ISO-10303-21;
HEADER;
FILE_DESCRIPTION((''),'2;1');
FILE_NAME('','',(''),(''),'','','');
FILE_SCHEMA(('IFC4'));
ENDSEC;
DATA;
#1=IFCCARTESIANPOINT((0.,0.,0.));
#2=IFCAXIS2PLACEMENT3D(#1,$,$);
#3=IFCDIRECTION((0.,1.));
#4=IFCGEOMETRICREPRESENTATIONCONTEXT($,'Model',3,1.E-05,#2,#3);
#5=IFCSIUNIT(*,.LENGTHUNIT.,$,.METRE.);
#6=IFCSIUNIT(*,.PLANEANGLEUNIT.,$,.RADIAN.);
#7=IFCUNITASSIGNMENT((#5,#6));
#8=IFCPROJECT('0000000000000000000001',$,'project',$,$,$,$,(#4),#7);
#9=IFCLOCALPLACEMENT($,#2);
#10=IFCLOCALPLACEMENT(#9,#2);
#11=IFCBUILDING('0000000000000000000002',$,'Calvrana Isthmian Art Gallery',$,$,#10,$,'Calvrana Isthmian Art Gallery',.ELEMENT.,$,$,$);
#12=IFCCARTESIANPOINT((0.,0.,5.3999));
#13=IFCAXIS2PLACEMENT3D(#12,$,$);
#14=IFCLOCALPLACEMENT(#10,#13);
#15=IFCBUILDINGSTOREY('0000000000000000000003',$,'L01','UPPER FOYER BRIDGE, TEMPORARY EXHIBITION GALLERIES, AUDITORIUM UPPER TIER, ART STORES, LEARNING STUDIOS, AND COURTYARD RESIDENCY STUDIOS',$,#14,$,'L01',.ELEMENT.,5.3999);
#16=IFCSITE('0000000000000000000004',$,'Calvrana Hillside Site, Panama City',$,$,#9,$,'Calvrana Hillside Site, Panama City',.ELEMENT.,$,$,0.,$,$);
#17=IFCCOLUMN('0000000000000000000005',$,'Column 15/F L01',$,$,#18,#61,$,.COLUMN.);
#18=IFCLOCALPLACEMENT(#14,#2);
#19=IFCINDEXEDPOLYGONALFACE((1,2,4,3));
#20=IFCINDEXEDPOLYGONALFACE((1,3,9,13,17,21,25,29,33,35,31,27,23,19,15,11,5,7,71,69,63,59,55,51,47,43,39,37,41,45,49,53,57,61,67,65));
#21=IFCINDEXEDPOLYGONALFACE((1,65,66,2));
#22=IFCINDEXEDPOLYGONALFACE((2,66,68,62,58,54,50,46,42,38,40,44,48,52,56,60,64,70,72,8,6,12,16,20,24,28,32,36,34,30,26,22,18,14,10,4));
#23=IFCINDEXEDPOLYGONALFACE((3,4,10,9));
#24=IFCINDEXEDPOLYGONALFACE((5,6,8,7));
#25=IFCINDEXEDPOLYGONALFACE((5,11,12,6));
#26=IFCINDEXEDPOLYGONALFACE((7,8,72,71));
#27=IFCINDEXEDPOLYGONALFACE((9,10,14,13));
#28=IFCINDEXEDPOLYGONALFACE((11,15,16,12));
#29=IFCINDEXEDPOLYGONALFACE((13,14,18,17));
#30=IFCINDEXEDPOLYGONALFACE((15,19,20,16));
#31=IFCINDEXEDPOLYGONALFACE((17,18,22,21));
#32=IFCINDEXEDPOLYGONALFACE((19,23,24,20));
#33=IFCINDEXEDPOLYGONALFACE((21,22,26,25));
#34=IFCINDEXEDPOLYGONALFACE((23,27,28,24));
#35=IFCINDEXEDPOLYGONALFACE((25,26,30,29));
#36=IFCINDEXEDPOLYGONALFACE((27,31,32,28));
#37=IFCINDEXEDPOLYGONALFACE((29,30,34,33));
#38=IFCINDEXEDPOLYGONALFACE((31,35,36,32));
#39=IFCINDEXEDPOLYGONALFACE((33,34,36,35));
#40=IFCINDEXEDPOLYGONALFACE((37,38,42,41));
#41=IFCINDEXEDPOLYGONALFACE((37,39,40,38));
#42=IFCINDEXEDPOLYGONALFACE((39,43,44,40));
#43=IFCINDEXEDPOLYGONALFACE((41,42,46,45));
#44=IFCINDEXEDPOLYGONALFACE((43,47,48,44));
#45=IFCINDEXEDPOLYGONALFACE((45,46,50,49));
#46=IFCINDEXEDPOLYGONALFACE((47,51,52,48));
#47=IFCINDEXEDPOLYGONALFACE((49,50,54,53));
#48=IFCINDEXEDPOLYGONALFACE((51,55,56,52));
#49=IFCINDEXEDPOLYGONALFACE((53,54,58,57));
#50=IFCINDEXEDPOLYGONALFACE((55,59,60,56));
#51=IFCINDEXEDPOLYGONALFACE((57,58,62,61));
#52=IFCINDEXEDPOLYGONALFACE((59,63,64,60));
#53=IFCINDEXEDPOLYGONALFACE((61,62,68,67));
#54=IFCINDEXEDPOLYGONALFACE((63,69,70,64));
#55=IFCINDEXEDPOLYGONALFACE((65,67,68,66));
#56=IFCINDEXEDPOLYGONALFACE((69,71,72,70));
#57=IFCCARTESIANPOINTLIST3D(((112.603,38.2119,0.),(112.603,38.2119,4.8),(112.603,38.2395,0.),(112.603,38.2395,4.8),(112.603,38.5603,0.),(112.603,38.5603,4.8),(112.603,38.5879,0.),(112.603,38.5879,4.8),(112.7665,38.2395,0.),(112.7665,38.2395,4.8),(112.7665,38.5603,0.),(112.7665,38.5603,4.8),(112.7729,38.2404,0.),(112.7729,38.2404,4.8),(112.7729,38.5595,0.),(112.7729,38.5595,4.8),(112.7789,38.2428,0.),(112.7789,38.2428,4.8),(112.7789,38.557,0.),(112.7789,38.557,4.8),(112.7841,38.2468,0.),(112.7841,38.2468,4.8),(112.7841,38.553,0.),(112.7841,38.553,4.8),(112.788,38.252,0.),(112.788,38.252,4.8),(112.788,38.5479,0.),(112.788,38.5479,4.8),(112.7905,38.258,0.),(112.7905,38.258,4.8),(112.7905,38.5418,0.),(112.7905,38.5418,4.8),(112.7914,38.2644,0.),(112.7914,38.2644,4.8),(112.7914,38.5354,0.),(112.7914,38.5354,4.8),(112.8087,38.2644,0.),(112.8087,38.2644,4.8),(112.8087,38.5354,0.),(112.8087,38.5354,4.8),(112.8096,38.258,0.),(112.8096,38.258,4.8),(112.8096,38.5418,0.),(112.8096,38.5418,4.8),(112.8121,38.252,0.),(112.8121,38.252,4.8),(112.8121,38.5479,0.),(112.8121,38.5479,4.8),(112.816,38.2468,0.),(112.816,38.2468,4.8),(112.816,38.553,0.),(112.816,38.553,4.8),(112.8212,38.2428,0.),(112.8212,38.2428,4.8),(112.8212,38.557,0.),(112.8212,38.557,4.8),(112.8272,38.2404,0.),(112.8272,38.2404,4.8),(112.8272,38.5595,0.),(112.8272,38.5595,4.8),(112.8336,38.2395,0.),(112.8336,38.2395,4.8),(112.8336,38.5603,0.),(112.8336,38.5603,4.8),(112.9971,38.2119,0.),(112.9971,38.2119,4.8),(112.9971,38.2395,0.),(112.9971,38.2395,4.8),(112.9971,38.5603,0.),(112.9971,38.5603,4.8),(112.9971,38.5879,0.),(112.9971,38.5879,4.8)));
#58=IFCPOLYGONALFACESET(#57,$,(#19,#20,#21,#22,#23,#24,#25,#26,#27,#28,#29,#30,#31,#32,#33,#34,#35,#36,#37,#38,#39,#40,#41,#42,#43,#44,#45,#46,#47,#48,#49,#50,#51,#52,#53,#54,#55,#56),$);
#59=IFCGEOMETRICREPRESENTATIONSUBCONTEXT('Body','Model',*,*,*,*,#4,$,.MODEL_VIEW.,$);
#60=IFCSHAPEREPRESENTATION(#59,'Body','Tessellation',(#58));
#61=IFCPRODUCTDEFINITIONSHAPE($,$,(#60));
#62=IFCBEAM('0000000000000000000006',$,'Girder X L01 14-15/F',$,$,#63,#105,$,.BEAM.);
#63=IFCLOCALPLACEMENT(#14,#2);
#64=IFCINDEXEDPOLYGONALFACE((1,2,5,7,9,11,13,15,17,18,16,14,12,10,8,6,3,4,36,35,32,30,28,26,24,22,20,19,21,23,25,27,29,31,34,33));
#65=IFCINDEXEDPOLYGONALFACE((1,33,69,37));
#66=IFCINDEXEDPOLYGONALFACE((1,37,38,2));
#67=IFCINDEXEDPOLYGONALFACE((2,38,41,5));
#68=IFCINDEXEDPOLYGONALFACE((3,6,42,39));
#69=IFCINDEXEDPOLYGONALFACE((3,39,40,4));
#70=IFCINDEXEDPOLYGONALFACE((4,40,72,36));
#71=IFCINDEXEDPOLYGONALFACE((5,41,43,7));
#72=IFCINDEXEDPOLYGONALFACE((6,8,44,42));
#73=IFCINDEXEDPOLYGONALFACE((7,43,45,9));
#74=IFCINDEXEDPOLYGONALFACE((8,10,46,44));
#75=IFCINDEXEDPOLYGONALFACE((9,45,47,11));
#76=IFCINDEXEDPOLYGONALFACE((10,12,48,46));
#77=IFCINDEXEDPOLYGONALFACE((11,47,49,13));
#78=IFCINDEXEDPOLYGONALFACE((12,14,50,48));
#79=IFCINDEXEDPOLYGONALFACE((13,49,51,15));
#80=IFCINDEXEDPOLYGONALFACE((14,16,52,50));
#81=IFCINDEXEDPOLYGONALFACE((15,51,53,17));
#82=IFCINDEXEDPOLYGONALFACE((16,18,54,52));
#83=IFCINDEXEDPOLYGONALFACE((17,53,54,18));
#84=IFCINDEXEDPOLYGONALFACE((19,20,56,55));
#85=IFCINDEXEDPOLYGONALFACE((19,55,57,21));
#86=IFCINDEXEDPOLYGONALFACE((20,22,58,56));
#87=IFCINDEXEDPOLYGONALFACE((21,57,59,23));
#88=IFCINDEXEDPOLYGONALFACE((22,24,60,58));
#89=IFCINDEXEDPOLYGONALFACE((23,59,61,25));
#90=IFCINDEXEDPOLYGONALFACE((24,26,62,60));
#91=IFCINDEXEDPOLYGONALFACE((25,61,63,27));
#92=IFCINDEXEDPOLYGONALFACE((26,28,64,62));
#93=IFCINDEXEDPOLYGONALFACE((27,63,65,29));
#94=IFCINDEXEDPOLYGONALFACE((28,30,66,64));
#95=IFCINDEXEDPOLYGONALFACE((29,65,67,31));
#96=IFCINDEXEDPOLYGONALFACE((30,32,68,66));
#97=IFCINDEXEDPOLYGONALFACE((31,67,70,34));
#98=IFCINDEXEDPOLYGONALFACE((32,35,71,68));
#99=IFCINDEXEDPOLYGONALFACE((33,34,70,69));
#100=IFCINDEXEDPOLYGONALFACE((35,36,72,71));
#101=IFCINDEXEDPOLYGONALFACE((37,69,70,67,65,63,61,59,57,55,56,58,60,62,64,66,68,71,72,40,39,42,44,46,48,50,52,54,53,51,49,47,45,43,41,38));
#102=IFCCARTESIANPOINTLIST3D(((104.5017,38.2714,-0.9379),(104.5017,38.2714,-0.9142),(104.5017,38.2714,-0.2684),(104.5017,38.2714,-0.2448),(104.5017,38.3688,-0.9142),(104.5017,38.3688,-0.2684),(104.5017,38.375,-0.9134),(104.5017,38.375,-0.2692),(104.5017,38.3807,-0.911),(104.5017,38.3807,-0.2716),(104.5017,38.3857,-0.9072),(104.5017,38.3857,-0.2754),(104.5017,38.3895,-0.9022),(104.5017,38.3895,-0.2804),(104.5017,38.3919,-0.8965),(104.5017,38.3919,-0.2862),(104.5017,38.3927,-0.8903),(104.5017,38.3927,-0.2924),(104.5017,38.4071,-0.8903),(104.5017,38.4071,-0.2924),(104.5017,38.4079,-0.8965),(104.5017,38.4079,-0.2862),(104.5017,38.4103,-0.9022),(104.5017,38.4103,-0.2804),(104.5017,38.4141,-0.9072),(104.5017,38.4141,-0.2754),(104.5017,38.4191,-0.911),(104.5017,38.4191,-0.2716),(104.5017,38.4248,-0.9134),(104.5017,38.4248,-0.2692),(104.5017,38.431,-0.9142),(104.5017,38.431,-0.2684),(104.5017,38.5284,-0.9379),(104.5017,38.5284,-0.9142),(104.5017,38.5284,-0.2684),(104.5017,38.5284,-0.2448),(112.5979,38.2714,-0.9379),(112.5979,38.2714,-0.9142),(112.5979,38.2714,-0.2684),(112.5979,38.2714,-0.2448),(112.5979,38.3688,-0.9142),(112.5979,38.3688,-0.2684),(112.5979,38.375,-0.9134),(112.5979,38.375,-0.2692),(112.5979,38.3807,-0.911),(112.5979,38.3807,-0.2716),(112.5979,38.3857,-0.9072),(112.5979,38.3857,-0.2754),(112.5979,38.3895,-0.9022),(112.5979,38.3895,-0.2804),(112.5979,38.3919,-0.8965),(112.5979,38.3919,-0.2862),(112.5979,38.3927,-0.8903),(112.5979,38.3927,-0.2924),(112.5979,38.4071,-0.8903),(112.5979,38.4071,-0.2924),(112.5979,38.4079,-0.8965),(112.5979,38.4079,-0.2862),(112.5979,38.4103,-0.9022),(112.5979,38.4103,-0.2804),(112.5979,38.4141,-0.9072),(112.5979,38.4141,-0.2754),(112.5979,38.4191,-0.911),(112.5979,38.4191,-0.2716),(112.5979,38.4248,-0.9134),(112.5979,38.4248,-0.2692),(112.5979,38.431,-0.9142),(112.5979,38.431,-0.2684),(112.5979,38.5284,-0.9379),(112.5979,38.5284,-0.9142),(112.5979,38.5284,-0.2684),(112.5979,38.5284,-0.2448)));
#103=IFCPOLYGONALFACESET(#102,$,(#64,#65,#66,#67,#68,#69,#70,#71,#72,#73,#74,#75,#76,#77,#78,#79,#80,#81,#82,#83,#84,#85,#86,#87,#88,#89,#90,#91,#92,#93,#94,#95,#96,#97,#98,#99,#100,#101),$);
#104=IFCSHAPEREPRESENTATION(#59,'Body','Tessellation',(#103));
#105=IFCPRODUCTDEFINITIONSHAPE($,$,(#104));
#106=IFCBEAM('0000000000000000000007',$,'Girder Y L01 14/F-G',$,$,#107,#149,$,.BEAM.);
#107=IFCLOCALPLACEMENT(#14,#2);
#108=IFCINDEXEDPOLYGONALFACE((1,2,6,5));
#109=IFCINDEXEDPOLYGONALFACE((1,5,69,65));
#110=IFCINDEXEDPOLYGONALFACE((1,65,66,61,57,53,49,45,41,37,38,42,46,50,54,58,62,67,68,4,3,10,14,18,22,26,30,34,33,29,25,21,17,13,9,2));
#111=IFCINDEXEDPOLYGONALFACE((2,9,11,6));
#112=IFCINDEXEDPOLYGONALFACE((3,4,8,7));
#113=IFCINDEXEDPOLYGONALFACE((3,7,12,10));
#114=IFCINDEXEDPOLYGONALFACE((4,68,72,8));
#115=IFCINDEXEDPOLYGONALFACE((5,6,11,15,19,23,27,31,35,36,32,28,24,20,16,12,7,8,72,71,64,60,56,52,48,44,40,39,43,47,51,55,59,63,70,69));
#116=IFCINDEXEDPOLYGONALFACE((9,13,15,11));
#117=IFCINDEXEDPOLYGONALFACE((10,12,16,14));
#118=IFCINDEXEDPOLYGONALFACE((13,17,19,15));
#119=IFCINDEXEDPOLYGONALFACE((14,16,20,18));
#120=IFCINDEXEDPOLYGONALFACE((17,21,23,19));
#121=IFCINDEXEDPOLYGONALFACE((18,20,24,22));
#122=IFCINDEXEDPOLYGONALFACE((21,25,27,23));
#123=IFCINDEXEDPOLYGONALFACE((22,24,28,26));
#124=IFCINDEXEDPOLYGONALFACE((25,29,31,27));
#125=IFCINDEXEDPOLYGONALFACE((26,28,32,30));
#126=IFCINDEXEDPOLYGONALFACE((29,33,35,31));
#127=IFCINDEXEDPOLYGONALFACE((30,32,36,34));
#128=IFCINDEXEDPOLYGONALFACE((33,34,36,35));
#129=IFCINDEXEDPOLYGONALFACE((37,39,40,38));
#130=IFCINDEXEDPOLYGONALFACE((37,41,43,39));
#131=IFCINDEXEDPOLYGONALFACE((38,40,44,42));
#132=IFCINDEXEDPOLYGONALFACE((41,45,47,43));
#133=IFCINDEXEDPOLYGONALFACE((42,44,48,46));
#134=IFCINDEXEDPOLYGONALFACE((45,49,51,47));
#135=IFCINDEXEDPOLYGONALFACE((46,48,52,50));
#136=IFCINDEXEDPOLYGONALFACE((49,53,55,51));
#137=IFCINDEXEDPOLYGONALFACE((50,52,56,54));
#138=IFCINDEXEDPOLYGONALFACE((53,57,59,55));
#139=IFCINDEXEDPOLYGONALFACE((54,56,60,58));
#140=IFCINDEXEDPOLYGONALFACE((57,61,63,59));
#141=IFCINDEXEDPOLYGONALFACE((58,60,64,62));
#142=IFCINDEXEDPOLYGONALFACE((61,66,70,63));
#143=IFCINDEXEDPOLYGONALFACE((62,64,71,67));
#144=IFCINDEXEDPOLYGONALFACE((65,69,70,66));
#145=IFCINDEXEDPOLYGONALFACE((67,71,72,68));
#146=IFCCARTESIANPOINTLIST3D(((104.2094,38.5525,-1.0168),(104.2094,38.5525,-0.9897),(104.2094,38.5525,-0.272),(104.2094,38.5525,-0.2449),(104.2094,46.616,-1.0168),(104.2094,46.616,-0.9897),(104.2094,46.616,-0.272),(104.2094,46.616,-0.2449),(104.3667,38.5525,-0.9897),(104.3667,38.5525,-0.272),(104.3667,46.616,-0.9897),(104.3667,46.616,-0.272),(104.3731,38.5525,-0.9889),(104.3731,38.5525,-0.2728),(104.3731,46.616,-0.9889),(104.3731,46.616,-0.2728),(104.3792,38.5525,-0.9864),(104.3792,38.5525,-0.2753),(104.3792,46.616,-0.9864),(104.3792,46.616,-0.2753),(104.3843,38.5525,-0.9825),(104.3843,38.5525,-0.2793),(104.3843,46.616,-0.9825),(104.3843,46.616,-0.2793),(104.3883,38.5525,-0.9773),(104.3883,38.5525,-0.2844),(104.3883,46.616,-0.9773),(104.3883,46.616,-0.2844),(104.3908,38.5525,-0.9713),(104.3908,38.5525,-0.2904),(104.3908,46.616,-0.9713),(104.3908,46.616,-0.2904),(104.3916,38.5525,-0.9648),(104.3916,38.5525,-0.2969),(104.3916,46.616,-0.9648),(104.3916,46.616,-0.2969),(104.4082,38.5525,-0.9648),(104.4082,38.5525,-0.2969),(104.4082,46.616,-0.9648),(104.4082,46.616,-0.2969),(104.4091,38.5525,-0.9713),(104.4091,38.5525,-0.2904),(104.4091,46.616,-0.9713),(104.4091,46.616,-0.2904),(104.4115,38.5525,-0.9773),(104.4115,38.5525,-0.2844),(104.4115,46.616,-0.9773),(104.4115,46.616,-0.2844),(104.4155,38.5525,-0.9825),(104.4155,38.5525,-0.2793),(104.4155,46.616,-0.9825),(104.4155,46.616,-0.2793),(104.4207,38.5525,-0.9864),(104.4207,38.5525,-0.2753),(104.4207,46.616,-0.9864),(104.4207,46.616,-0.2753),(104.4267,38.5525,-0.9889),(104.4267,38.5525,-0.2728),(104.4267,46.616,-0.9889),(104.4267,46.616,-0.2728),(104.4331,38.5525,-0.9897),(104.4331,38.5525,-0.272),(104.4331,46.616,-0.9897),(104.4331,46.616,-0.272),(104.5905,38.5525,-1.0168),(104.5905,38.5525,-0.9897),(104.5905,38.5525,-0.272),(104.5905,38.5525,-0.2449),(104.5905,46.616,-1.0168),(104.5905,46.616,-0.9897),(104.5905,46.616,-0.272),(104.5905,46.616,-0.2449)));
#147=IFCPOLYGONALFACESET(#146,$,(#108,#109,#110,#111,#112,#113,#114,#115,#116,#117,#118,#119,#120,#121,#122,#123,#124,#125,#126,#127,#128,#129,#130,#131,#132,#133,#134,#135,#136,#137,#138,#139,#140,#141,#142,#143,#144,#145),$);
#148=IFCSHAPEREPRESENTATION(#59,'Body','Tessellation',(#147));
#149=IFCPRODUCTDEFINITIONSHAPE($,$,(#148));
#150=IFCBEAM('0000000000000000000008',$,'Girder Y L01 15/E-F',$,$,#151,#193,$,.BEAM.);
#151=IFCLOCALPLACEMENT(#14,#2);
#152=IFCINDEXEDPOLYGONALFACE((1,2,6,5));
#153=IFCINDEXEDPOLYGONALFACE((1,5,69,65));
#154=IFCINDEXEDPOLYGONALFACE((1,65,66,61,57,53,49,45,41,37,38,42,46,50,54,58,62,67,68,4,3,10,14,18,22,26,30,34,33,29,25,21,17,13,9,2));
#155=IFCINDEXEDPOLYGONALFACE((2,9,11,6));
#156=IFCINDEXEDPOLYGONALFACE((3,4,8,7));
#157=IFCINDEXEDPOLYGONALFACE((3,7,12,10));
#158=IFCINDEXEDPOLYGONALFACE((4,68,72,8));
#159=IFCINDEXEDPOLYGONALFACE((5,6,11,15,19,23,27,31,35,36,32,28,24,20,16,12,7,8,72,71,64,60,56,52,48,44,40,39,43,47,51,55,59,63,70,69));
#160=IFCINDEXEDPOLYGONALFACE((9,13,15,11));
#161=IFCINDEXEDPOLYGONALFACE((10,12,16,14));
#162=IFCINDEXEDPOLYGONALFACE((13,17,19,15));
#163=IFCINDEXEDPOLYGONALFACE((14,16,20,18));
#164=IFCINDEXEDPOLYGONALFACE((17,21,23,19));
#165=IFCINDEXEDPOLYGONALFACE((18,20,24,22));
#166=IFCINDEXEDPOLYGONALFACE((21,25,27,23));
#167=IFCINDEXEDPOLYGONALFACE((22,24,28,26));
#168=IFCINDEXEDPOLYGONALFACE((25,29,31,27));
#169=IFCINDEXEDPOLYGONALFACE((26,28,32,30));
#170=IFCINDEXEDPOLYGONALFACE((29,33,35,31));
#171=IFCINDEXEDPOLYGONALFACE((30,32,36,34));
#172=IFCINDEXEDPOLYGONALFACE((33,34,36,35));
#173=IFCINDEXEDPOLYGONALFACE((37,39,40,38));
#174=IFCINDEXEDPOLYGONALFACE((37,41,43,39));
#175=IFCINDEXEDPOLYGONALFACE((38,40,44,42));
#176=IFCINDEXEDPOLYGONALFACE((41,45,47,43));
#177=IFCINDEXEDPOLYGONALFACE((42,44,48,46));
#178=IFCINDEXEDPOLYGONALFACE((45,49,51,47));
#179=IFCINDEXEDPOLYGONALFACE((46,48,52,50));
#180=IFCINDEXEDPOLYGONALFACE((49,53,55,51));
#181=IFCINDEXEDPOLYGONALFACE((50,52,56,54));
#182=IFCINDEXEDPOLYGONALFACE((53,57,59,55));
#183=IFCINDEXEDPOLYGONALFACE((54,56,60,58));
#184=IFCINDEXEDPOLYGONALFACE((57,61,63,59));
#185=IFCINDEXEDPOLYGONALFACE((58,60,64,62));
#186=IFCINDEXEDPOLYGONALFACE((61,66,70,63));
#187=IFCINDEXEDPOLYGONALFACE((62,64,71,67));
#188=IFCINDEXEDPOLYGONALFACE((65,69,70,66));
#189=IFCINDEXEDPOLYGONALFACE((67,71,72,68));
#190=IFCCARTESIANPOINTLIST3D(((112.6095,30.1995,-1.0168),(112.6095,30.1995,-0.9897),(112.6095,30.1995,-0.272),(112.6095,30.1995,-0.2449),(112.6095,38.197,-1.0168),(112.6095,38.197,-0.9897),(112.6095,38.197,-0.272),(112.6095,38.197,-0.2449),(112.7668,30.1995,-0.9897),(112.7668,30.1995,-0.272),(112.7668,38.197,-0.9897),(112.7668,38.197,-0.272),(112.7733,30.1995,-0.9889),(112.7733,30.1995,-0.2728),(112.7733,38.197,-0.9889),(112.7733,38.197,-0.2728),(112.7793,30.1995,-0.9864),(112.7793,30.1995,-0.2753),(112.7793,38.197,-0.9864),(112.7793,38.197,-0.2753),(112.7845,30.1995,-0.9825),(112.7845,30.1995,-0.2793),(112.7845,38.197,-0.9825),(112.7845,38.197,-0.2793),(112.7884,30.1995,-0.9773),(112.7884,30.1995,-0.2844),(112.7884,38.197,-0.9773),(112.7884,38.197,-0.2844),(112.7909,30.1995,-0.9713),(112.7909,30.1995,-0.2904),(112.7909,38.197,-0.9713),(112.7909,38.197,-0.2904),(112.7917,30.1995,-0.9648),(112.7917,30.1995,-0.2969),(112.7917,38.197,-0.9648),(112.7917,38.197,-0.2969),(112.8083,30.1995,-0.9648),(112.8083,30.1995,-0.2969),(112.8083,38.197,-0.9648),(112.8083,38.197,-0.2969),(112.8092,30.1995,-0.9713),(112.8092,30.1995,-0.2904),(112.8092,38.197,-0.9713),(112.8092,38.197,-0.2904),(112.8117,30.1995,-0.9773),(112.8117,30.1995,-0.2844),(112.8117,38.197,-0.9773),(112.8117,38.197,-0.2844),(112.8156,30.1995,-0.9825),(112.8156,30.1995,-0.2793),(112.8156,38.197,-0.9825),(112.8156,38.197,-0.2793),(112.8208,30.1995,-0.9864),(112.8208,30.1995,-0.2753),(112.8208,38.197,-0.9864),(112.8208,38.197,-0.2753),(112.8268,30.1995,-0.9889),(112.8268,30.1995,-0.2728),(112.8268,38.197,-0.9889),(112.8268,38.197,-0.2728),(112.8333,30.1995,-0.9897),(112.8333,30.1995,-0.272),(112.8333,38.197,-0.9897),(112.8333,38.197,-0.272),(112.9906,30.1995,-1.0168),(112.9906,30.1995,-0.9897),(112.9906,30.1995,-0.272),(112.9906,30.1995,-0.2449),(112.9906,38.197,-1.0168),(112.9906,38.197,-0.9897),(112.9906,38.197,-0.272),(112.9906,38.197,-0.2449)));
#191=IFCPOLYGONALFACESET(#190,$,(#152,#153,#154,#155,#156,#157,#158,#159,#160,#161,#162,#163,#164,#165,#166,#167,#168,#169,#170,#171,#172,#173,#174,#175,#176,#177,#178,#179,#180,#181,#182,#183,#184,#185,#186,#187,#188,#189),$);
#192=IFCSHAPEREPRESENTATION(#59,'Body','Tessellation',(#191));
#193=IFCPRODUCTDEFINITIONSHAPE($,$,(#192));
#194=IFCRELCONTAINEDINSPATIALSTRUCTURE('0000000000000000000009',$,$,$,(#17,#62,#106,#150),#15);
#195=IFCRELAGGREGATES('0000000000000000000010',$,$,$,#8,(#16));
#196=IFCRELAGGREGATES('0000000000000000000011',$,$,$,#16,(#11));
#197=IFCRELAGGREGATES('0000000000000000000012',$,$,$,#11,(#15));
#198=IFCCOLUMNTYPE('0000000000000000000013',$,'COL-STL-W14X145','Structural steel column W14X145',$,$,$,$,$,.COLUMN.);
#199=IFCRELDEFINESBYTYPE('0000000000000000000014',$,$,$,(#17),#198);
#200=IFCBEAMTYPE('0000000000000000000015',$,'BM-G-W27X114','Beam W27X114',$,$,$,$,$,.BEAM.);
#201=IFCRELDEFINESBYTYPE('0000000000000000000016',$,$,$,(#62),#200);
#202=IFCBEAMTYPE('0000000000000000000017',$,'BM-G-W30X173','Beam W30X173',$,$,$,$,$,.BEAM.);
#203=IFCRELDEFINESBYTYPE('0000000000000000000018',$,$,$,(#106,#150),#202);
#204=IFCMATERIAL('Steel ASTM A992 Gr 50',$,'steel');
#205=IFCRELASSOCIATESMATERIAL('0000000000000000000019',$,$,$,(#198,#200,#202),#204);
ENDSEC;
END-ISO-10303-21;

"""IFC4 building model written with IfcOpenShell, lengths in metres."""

from ifc_helpers import new_model, si_unit, direction, frame, origin, origin_2d, place, context, subcontext, project, spatial, i_section, extrude, material, material_profile, profile_set, type_object, element, save


model = new_model("IFC4")

# Units and contexts
model_context = context("Model", 3, precision=1e-05, world=origin(), true_north=direction((0.0, 1.0)))
body_context = subcontext(model_context, "Body", "Model", "MODEL_VIEW")
ifc_project = project(units=[si_unit("LENGTHUNIT", "METRE"), si_unit("PLANEANGLEUNIT", "RADIAN")], contexts=[model_context])

# Site, building, storey
site_placement = place(None, origin())
site = spatial("IfcSite", under=ifc_project, at=site_placement, Name="Calvrana Hillside Site, Panama City", LongName="Calvrana Hillside Site, Panama City", CompositionType="ELEMENT", RefElevation=0.0)
building_placement = place(site_placement, origin())
building = spatial("IfcBuilding", under=site, at=building_placement, Name="Calvrana Isthmian Art Gallery", LongName="Calvrana Isthmian Art Gallery", CompositionType="ELEMENT")
storey_placement = place(building_placement, frame((0.0, 0.0, 5.3999)))
storey = spatial("IfcBuildingStorey", under=building, at=storey_placement, Name="L01", Description="UPPER FOYER BRIDGE, TEMPORARY EXHIBITION GALLERIES, AUDITORIUM UPPER TIER, ART STORES, LEARNING STUDIOS, AND COURTYARD RESIDENCY STUDIOS", LongName="L01", CompositionType="ELEMENT", Elevation=5.3999)

# Column
ifc_material_1 = material(Name="Steel ASTM A992 Gr 50", Category="steel")
ifc_material_profile_1 = material_profile(ifc_material_1, i_section(OverallWidth=0.394, OverallDepth=0.376, WebThickness=0.0173, FlangeThickness=0.0276, FilletRadius=0.0249, at=origin_2d()), Name="W14X145")
ifc_profile_set_1 = profile_set([ifc_material_profile_1], Name="Steel ASTM A992 Gr 50")
column_type = type_object("IfcColumnType", Name="COL-STL-W14X145", Description="Structural steel column W14X145", PredefinedType="COLUMN", material=ifc_profile_set_1)
column_placement = place(storey_placement, frame((112.8, 38.3999, 0.0), z_axis=(0.0, 0.0, 1.0), x_axis=(1.0, 0.0, 0.0)))
element("IfcColumn", 1, at=column_placement, inside=storey, type_object=column_type, Name="Column 15/F L01", PredefinedType="COLUMN", context=body_context, shape_type="SweptSolid", body=[
    extrude(i_section(OverallWidth=0.394, OverallDepth=0.376, WebThickness=0.0173, FlangeThickness=0.0276, FilletRadius=0.0249, at=origin_2d()), origin(), (0.0, 0.0, 1.0), 4.8),
])

# Beams
ifc_material_profile_2 = material_profile(ifc_material_1, i_section(OverallWidth=0.2571, OverallDepth=0.6931, WebThickness=0.0144, FlangeThickness=0.0237, FilletRadius=0.0239, at=origin_2d()), Name="W27X114")
ifc_profile_set_2 = profile_set([ifc_material_profile_2], Name="Steel ASTM A992 Gr 50")
beam_type_1 = type_object("IfcBeamType", Name="BM-G-W27X114", Description="Beam W27X114", PredefinedType="BEAM", material=ifc_profile_set_2)
beam_1_placement = place(storey_placement, frame((104.5017, 38.3999, -0.5913), z_axis=(1.0, 0.0, 0.0), x_axis=(0.0, 1.0, 0.0)))
element("IfcBeam", 2, at=beam_1_placement, inside=storey, type_object=beam_type_1, Name="Girder X L01 14-15/F", PredefinedType="BEAM", context=body_context, shape_type="SweptSolid", body=[
    extrude(i_section(OverallWidth=0.2571, OverallDepth=0.6931, WebThickness=0.0144, FlangeThickness=0.0237, FilletRadius=0.0239, at=origin_2d()), origin(), (0.0, 0.0, 1.0), 8.0962),
])
ifc_material_profile_3 = material_profile(ifc_material_1, i_section(OverallWidth=0.3811, OverallDepth=0.772, WebThickness=0.0166, FlangeThickness=0.0271, FilletRadius=0.0249, at=origin_2d()), Name="W30X173")
ifc_profile_set_3 = profile_set([ifc_material_profile_3], Name="Steel ASTM A992 Gr 50")
beam_type_2 = type_object("IfcBeamType", Name="BM-G-W30X173", Description="Beam W30X173", PredefinedType="BEAM", material=ifc_profile_set_3)
beam_2_placement = place(storey_placement, frame((104.3999, 38.5525, -0.6309), z_axis=(0.0, 1.0, 0.0), x_axis=(-1.0, 0.0, 0.0)))
element("IfcBeam", 3, at=beam_2_placement, inside=storey, type_object=beam_type_2, Name="Girder Y L01 14/F-G", PredefinedType="BEAM", context=body_context, shape_type="SweptSolid", body=[
    extrude(i_section(OverallWidth=0.3811, OverallDepth=0.772, WebThickness=0.0166, FlangeThickness=0.0271, FilletRadius=0.0249, at=origin_2d()), origin(), (0.0, 0.0, 1.0), 8.0635),
])
beam_3_placement = place(storey_placement, frame((112.8, 30.1995, -0.6309), z_axis=(0.0, 1.0, 0.0), x_axis=(-1.0, 0.0, 0.0)))
element("IfcBeam", 4, at=beam_3_placement, inside=storey, type_object=beam_type_2, Name="Girder Y L01 15/E-F", PredefinedType="BEAM", context=body_context, shape_type="SweptSolid", body=[
    extrude(i_section(OverallWidth=0.3811, OverallDepth=0.772, WebThickness=0.0166, FlangeThickness=0.0271, FilletRadius=0.0249, at=origin_2d()), origin(), (0.0, 0.0, 1.0), 7.9976),
])

save(model, "model.ifc")
